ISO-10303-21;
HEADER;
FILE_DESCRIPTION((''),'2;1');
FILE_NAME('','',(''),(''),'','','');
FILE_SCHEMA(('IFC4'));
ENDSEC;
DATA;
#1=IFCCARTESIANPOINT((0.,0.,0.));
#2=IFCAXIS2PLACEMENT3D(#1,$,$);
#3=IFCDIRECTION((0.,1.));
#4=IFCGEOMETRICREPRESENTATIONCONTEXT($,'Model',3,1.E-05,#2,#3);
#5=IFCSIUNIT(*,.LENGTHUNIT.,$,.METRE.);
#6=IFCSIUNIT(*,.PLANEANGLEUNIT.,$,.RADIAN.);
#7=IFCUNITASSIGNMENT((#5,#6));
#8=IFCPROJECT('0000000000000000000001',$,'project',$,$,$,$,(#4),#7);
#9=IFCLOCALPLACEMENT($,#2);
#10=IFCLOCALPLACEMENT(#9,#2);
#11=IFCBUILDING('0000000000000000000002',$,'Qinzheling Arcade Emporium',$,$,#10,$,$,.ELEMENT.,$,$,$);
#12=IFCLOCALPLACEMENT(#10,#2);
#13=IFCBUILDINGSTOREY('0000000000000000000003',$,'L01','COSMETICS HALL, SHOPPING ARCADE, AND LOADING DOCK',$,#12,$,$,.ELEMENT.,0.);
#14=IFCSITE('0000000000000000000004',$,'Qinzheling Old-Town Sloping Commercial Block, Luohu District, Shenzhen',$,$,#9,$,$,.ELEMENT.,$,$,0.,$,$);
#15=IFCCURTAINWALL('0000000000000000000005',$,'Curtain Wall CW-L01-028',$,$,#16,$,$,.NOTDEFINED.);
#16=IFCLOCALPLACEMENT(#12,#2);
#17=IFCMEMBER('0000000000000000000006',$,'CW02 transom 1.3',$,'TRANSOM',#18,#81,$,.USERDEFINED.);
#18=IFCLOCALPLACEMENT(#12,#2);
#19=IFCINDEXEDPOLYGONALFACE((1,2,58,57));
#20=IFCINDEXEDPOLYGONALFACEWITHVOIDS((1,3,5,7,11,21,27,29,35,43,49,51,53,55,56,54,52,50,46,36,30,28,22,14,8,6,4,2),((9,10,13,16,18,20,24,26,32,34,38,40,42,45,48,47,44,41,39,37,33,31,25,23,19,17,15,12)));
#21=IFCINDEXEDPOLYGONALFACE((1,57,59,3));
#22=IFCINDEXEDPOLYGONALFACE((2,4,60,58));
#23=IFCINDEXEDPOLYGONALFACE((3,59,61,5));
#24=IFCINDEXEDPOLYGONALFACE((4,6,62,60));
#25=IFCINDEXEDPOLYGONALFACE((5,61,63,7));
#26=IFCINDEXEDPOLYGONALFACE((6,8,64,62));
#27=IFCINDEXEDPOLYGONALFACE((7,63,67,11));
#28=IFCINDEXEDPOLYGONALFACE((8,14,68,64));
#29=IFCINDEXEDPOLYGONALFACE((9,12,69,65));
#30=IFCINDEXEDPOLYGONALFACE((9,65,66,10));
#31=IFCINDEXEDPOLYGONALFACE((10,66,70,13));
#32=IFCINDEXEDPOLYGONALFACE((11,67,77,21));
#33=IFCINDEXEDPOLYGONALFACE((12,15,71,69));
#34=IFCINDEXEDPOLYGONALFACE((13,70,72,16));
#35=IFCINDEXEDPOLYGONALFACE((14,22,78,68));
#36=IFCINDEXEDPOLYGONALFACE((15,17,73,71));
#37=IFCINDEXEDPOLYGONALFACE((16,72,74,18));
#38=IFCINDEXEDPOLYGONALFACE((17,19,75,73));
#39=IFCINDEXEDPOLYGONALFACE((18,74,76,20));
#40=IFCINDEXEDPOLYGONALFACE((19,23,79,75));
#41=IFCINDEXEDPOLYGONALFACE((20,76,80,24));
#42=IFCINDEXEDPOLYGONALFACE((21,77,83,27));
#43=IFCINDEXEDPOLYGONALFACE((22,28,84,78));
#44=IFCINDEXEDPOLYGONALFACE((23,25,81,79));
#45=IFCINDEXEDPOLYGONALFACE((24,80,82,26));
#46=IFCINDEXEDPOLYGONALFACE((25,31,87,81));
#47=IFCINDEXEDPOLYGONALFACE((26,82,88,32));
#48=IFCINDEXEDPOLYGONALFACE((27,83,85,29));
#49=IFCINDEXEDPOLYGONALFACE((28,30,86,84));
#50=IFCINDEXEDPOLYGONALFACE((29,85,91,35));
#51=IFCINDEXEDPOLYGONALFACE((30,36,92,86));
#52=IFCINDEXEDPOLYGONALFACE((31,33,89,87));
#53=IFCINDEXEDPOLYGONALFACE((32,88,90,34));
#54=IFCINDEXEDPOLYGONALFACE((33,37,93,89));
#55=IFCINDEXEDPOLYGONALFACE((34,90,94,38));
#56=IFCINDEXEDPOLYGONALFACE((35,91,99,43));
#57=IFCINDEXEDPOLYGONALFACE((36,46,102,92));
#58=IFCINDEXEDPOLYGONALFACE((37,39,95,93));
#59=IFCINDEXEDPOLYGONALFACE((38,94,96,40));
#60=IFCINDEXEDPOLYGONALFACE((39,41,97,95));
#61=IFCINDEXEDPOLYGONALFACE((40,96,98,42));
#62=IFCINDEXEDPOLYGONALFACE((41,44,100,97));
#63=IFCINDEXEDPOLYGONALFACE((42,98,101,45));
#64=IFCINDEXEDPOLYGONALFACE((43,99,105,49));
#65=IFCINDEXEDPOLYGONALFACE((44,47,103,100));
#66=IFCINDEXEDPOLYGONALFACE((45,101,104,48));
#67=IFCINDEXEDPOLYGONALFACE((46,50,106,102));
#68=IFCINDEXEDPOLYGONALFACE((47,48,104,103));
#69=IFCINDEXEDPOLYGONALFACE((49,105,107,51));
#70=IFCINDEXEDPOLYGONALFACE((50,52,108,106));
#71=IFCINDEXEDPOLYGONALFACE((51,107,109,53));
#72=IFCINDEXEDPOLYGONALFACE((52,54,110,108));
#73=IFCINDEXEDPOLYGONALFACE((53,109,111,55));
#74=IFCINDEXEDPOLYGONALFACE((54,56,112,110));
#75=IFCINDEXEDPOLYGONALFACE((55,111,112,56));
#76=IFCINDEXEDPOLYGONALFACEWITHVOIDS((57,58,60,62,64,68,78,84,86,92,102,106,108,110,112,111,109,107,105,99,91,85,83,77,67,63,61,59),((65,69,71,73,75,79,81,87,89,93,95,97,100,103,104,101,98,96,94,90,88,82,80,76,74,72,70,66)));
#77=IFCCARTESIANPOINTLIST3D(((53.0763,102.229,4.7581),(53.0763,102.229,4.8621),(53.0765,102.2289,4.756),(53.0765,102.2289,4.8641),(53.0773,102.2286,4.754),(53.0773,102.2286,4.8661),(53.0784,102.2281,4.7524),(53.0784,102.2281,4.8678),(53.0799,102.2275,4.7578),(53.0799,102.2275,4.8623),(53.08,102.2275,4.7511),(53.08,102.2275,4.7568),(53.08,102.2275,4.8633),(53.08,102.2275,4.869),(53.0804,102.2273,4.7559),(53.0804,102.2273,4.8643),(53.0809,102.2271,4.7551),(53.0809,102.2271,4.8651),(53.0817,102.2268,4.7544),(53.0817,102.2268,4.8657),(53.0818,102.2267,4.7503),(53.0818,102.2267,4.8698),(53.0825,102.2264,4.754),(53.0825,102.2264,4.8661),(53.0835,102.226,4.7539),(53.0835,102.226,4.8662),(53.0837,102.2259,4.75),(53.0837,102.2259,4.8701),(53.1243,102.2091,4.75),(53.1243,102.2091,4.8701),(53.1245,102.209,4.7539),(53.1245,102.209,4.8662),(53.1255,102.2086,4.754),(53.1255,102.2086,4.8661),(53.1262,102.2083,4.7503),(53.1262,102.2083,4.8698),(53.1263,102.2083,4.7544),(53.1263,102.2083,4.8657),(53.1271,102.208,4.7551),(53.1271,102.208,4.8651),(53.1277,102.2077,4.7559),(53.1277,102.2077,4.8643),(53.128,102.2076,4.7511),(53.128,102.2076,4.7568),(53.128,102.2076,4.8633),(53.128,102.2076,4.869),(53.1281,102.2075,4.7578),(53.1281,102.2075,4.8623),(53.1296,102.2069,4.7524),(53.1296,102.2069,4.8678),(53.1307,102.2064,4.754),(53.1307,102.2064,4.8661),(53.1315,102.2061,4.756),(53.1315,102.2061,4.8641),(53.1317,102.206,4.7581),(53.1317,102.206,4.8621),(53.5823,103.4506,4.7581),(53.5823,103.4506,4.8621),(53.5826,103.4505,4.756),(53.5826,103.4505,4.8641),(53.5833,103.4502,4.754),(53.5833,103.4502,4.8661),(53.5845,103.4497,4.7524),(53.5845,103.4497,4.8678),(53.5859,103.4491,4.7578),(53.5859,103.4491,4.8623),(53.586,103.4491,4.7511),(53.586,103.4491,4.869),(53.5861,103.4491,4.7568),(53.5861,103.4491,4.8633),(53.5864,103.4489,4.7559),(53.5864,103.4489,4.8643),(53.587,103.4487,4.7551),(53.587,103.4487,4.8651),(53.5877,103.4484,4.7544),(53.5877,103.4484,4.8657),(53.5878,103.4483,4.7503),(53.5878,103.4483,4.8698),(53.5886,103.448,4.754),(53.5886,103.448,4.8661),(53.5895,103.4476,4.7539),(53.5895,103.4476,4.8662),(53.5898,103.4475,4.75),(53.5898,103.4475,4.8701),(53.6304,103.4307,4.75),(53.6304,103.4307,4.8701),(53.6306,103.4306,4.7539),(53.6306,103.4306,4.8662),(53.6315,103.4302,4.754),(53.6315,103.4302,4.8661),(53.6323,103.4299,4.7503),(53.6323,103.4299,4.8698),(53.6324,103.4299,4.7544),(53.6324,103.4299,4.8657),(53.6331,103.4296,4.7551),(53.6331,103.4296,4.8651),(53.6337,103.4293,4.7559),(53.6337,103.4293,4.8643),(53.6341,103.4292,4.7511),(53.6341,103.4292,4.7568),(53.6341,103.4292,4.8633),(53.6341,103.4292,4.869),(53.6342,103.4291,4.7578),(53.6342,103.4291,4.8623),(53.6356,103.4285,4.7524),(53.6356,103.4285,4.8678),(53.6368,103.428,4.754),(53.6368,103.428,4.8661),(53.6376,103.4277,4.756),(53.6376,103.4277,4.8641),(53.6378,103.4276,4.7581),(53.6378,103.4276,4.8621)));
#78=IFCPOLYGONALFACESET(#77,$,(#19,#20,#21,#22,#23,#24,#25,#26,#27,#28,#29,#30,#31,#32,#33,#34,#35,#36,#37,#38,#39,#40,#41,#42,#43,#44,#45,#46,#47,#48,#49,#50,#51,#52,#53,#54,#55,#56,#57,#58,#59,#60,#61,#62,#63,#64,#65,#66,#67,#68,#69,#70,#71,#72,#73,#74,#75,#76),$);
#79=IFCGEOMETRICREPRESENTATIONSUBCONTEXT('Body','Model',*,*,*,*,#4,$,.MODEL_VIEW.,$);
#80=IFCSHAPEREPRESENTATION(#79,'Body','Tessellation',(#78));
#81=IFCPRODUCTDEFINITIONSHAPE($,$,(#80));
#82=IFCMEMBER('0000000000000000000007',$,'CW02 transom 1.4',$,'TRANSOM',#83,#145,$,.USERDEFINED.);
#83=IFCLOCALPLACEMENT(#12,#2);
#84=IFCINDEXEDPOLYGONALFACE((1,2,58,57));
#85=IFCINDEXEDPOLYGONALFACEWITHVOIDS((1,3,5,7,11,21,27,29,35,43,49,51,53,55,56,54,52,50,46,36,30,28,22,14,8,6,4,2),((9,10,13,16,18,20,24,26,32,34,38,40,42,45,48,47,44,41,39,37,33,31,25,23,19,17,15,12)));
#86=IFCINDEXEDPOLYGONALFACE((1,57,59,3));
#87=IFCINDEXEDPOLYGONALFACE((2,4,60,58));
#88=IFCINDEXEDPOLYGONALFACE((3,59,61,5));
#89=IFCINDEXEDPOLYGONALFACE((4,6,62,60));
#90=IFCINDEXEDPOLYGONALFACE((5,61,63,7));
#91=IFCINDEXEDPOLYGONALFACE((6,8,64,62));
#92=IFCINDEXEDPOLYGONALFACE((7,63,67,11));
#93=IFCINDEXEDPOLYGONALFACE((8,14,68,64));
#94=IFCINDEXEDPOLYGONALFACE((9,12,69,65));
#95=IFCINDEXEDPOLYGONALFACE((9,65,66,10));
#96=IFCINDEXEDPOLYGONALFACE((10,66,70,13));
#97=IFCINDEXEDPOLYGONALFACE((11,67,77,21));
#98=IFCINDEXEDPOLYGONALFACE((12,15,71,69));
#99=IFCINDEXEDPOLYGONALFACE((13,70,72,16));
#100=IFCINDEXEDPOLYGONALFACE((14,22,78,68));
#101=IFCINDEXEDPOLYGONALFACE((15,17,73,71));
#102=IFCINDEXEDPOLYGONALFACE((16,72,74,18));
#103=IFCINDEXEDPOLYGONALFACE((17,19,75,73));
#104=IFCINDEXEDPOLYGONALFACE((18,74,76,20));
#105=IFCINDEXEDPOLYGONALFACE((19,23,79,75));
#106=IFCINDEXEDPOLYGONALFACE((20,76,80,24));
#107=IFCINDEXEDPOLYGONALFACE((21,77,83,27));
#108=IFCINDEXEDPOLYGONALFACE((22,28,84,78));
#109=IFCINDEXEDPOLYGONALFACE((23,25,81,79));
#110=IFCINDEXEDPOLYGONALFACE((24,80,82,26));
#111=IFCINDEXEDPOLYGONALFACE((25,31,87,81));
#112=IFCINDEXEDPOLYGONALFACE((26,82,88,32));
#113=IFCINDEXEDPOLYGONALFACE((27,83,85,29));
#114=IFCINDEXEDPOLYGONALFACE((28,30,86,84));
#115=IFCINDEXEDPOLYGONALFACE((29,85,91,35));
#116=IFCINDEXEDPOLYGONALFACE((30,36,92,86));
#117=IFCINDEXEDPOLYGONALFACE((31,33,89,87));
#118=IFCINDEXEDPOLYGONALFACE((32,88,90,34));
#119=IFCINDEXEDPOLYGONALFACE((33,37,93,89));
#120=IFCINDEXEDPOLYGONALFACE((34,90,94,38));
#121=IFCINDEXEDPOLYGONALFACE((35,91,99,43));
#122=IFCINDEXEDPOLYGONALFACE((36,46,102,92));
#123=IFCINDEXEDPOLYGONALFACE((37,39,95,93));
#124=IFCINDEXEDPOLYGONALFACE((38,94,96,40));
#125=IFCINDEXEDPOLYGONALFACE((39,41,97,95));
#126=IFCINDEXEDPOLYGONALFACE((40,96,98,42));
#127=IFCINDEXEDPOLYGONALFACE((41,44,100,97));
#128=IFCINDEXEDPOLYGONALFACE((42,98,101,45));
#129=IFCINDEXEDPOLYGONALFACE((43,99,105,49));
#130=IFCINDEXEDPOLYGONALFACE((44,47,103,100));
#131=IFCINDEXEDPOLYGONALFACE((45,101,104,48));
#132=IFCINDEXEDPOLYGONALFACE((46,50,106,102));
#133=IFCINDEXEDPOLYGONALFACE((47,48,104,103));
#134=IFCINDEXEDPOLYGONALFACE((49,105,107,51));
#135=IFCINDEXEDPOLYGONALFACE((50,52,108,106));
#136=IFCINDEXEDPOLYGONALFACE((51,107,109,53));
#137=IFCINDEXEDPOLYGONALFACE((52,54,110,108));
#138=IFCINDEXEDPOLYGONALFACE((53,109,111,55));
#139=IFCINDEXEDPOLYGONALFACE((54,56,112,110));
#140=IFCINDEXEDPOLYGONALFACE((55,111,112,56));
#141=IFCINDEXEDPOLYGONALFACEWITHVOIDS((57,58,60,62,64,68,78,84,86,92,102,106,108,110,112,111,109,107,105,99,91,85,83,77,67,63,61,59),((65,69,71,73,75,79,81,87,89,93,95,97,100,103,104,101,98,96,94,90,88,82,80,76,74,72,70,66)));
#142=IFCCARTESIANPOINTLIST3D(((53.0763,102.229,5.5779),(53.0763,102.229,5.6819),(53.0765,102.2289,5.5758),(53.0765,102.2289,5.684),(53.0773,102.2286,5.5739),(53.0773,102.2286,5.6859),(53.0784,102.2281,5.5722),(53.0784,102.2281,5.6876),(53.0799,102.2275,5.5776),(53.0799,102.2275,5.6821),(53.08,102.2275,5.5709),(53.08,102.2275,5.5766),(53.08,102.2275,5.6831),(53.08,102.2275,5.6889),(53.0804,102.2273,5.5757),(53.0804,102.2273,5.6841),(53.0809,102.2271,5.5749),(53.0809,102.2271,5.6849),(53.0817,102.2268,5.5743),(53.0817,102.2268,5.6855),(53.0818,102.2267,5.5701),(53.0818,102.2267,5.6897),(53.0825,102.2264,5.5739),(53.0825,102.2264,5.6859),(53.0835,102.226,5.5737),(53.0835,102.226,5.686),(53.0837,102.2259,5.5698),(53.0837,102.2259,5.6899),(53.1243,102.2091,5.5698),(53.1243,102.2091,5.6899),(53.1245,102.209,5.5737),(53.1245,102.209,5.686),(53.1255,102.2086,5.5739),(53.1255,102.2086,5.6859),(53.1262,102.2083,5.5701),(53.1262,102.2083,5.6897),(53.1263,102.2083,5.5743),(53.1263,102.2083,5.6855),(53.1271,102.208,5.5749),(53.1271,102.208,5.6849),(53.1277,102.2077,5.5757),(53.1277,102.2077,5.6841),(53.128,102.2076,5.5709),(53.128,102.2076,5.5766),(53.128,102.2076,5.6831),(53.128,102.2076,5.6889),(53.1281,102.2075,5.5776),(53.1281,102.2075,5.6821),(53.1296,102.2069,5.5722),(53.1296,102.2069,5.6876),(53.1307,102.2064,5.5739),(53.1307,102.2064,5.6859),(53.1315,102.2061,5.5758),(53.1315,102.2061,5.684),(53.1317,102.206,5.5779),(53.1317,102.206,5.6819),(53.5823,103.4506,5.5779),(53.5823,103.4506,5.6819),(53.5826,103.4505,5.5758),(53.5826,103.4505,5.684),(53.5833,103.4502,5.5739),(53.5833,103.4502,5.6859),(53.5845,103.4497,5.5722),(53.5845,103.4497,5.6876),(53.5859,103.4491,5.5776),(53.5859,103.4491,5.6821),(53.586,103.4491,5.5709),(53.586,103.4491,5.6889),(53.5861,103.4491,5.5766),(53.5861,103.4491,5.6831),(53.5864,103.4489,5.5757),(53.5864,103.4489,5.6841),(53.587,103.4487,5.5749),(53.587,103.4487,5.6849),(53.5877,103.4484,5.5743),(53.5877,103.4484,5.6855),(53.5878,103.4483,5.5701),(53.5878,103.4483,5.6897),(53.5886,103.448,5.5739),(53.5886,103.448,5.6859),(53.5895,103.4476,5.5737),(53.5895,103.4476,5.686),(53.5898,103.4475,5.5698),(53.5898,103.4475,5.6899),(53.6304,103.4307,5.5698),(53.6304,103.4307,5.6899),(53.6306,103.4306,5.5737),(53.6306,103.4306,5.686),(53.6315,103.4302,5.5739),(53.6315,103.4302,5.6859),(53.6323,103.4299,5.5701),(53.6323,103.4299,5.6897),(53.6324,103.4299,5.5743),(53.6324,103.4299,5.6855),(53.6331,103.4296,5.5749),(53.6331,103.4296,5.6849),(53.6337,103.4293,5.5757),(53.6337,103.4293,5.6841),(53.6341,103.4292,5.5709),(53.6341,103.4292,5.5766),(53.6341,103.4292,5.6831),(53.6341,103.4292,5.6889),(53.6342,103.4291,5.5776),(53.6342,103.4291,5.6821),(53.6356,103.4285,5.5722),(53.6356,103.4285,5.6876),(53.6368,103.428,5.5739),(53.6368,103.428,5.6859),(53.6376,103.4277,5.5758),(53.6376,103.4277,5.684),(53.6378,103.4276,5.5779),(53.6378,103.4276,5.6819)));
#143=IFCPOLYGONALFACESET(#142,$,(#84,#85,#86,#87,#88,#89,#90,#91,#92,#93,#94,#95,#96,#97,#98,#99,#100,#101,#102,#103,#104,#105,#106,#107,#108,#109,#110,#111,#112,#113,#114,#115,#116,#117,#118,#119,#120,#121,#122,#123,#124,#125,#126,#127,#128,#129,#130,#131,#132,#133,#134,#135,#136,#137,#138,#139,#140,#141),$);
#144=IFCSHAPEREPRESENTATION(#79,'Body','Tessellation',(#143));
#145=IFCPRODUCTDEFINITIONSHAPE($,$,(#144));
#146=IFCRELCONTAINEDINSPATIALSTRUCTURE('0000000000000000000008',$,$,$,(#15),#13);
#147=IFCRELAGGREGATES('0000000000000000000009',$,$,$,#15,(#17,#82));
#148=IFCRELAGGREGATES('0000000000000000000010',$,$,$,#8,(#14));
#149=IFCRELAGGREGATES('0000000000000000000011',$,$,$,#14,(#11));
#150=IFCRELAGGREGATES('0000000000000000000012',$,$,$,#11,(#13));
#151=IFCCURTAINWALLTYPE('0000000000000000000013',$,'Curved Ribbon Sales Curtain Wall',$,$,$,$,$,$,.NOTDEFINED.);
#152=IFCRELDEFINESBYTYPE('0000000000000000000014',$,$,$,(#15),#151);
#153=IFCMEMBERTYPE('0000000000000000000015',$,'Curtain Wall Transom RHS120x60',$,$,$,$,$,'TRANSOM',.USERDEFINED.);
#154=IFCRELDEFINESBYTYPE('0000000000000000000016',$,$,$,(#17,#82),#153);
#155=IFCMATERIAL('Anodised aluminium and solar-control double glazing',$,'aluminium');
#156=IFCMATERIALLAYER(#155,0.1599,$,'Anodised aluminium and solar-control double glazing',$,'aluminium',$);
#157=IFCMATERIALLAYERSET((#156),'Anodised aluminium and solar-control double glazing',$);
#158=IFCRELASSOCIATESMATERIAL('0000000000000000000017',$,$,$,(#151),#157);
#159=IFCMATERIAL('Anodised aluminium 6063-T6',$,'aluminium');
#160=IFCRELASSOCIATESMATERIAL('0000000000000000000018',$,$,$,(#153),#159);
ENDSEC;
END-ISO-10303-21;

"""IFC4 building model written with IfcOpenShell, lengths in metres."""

from ifc_helpers import new_model, si_unit, direction, frame, origin, origin_2d, place, context, subcontext, project, spatial, hollow_rectangle, extrude, material, layer, layer_set, material_profile, profile_set, type_object, element, aggregate, save


model = new_model("IFC4")

# Units and contexts
model_context = context("Model", 3, precision=1e-05, world=origin(), true_north=direction((0.0, 1.0)))
body_context = subcontext(model_context, "Body", "Model", "MODEL_VIEW")
ifc_project = project(units=[si_unit("LENGTHUNIT", "METRE"), si_unit("PLANEANGLEUNIT", "RADIAN")], contexts=[model_context])

# Site, building, storey
site_placement = place(None, origin())
site = spatial("IfcSite", under=ifc_project, at=site_placement, Name="Qinzheling Old-Town Sloping Commercial Block, Luohu District, Shenzhen", CompositionType="ELEMENT", RefElevation=0.0)
building_placement = place(site_placement, origin())
building = spatial("IfcBuilding", under=site, at=building_placement, Name="Qinzheling Arcade Emporium", CompositionType="ELEMENT")
storey_placement = place(building_placement, origin())
storey = spatial("IfcBuildingStorey", under=building, at=storey_placement, Name="L01", Description="COSMETICS HALL, SHOPPING ARCADE, AND LOADING DOCK", CompositionType="ELEMENT", Elevation=0.0)

# Shared definitions
ifc_material_1 = material(Name="Anodised aluminium and solar-control double glazing", Category="aluminium")
ifc_layer_1 = layer(ifc_material_1, 0.1599, Name="Anodised aluminium and solar-control double glazing", Category="aluminium")
ifc_layer_set_1 = layer_set([ifc_layer_1], Name="Anodised aluminium and solar-control double glazing")
curtain_wall_type = type_object("IfcCurtainWallType", Name="Curved Ribbon Sales Curtain Wall", PredefinedType="NOTDEFINED", material=ifc_layer_set_1)
ifc_material_2 = material(Name="Anodised aluminium 6063-T6", Category="aluminium")

# Curtain wall
curtain_wall_1_placement = place(storey_placement, origin())
curtain_wall_1 = element("IfcCurtainWall", 1, at=curtain_wall_1_placement, inside=storey, type_object=curtain_wall_type, Name="Curtain Wall CW-L01-028", PredefinedType="NOTDEFINED")

# Members
ifc_material_profile_1 = material_profile(ifc_material_2, hollow_rectangle(XDim=0.0601, YDim=0.1201, WallThickness=0.0039, InnerFilletRadius=0.0039, OuterFilletRadius=0.0081, at=origin_2d()), Name="RHS 120x60x4", Category="aluminium")
ifc_profile_set_1 = profile_set([ifc_material_profile_1], Name="Anodised aluminium 6063-T6")
member_type_1 = type_object("IfcMemberType", Name="Curtain Wall Transom RHS120x60", ElementType="TRANSOM", PredefinedType="USERDEFINED", material=ifc_profile_set_1)
member_1_placement = place(storey_placement, frame((53.104, 102.2175, 4.8101), z_axis=(0.382727, 0.923862, 0.0), x_axis=(-0.923862, 0.382727, 0.0)))
member_1 = element("IfcMember", 2, at=member_1_placement, type_object=member_type_1, Name="CW02 transom 1.3", ObjectType="TRANSOM", PredefinedType="USERDEFINED", context=body_context, shape_type="SweptSolid", body=[
    extrude(hollow_rectangle(XDim=0.0601, YDim=0.1201, WallThickness=0.0039, InnerFilletRadius=0.0039, OuterFilletRadius=0.0081, at=origin_2d()), origin(), (0.0, 0.0, 1.0), 1.3223),
])
member_2_placement = place(storey_placement, frame((53.104, 102.2175, 5.6299), z_axis=(0.382727, 0.923862, 0.0), x_axis=(-0.923862, 0.382727, 0.0)))
member_2 = element("IfcMember", 3, at=member_2_placement, type_object=member_type_1, Name="CW02 transom 1.4", ObjectType="TRANSOM", PredefinedType="USERDEFINED", context=body_context, shape_type="SweptSolid", body=[
    extrude(hollow_rectangle(XDim=0.0601, YDim=0.1201, WallThickness=0.0039, InnerFilletRadius=0.0039, OuterFilletRadius=0.0081, at=origin_2d()), origin(), (0.0, 0.0, 1.0), 1.3223),
])

aggregate(curtain_wall_1, [member_1, member_2])

save(model, "model.ifc")
